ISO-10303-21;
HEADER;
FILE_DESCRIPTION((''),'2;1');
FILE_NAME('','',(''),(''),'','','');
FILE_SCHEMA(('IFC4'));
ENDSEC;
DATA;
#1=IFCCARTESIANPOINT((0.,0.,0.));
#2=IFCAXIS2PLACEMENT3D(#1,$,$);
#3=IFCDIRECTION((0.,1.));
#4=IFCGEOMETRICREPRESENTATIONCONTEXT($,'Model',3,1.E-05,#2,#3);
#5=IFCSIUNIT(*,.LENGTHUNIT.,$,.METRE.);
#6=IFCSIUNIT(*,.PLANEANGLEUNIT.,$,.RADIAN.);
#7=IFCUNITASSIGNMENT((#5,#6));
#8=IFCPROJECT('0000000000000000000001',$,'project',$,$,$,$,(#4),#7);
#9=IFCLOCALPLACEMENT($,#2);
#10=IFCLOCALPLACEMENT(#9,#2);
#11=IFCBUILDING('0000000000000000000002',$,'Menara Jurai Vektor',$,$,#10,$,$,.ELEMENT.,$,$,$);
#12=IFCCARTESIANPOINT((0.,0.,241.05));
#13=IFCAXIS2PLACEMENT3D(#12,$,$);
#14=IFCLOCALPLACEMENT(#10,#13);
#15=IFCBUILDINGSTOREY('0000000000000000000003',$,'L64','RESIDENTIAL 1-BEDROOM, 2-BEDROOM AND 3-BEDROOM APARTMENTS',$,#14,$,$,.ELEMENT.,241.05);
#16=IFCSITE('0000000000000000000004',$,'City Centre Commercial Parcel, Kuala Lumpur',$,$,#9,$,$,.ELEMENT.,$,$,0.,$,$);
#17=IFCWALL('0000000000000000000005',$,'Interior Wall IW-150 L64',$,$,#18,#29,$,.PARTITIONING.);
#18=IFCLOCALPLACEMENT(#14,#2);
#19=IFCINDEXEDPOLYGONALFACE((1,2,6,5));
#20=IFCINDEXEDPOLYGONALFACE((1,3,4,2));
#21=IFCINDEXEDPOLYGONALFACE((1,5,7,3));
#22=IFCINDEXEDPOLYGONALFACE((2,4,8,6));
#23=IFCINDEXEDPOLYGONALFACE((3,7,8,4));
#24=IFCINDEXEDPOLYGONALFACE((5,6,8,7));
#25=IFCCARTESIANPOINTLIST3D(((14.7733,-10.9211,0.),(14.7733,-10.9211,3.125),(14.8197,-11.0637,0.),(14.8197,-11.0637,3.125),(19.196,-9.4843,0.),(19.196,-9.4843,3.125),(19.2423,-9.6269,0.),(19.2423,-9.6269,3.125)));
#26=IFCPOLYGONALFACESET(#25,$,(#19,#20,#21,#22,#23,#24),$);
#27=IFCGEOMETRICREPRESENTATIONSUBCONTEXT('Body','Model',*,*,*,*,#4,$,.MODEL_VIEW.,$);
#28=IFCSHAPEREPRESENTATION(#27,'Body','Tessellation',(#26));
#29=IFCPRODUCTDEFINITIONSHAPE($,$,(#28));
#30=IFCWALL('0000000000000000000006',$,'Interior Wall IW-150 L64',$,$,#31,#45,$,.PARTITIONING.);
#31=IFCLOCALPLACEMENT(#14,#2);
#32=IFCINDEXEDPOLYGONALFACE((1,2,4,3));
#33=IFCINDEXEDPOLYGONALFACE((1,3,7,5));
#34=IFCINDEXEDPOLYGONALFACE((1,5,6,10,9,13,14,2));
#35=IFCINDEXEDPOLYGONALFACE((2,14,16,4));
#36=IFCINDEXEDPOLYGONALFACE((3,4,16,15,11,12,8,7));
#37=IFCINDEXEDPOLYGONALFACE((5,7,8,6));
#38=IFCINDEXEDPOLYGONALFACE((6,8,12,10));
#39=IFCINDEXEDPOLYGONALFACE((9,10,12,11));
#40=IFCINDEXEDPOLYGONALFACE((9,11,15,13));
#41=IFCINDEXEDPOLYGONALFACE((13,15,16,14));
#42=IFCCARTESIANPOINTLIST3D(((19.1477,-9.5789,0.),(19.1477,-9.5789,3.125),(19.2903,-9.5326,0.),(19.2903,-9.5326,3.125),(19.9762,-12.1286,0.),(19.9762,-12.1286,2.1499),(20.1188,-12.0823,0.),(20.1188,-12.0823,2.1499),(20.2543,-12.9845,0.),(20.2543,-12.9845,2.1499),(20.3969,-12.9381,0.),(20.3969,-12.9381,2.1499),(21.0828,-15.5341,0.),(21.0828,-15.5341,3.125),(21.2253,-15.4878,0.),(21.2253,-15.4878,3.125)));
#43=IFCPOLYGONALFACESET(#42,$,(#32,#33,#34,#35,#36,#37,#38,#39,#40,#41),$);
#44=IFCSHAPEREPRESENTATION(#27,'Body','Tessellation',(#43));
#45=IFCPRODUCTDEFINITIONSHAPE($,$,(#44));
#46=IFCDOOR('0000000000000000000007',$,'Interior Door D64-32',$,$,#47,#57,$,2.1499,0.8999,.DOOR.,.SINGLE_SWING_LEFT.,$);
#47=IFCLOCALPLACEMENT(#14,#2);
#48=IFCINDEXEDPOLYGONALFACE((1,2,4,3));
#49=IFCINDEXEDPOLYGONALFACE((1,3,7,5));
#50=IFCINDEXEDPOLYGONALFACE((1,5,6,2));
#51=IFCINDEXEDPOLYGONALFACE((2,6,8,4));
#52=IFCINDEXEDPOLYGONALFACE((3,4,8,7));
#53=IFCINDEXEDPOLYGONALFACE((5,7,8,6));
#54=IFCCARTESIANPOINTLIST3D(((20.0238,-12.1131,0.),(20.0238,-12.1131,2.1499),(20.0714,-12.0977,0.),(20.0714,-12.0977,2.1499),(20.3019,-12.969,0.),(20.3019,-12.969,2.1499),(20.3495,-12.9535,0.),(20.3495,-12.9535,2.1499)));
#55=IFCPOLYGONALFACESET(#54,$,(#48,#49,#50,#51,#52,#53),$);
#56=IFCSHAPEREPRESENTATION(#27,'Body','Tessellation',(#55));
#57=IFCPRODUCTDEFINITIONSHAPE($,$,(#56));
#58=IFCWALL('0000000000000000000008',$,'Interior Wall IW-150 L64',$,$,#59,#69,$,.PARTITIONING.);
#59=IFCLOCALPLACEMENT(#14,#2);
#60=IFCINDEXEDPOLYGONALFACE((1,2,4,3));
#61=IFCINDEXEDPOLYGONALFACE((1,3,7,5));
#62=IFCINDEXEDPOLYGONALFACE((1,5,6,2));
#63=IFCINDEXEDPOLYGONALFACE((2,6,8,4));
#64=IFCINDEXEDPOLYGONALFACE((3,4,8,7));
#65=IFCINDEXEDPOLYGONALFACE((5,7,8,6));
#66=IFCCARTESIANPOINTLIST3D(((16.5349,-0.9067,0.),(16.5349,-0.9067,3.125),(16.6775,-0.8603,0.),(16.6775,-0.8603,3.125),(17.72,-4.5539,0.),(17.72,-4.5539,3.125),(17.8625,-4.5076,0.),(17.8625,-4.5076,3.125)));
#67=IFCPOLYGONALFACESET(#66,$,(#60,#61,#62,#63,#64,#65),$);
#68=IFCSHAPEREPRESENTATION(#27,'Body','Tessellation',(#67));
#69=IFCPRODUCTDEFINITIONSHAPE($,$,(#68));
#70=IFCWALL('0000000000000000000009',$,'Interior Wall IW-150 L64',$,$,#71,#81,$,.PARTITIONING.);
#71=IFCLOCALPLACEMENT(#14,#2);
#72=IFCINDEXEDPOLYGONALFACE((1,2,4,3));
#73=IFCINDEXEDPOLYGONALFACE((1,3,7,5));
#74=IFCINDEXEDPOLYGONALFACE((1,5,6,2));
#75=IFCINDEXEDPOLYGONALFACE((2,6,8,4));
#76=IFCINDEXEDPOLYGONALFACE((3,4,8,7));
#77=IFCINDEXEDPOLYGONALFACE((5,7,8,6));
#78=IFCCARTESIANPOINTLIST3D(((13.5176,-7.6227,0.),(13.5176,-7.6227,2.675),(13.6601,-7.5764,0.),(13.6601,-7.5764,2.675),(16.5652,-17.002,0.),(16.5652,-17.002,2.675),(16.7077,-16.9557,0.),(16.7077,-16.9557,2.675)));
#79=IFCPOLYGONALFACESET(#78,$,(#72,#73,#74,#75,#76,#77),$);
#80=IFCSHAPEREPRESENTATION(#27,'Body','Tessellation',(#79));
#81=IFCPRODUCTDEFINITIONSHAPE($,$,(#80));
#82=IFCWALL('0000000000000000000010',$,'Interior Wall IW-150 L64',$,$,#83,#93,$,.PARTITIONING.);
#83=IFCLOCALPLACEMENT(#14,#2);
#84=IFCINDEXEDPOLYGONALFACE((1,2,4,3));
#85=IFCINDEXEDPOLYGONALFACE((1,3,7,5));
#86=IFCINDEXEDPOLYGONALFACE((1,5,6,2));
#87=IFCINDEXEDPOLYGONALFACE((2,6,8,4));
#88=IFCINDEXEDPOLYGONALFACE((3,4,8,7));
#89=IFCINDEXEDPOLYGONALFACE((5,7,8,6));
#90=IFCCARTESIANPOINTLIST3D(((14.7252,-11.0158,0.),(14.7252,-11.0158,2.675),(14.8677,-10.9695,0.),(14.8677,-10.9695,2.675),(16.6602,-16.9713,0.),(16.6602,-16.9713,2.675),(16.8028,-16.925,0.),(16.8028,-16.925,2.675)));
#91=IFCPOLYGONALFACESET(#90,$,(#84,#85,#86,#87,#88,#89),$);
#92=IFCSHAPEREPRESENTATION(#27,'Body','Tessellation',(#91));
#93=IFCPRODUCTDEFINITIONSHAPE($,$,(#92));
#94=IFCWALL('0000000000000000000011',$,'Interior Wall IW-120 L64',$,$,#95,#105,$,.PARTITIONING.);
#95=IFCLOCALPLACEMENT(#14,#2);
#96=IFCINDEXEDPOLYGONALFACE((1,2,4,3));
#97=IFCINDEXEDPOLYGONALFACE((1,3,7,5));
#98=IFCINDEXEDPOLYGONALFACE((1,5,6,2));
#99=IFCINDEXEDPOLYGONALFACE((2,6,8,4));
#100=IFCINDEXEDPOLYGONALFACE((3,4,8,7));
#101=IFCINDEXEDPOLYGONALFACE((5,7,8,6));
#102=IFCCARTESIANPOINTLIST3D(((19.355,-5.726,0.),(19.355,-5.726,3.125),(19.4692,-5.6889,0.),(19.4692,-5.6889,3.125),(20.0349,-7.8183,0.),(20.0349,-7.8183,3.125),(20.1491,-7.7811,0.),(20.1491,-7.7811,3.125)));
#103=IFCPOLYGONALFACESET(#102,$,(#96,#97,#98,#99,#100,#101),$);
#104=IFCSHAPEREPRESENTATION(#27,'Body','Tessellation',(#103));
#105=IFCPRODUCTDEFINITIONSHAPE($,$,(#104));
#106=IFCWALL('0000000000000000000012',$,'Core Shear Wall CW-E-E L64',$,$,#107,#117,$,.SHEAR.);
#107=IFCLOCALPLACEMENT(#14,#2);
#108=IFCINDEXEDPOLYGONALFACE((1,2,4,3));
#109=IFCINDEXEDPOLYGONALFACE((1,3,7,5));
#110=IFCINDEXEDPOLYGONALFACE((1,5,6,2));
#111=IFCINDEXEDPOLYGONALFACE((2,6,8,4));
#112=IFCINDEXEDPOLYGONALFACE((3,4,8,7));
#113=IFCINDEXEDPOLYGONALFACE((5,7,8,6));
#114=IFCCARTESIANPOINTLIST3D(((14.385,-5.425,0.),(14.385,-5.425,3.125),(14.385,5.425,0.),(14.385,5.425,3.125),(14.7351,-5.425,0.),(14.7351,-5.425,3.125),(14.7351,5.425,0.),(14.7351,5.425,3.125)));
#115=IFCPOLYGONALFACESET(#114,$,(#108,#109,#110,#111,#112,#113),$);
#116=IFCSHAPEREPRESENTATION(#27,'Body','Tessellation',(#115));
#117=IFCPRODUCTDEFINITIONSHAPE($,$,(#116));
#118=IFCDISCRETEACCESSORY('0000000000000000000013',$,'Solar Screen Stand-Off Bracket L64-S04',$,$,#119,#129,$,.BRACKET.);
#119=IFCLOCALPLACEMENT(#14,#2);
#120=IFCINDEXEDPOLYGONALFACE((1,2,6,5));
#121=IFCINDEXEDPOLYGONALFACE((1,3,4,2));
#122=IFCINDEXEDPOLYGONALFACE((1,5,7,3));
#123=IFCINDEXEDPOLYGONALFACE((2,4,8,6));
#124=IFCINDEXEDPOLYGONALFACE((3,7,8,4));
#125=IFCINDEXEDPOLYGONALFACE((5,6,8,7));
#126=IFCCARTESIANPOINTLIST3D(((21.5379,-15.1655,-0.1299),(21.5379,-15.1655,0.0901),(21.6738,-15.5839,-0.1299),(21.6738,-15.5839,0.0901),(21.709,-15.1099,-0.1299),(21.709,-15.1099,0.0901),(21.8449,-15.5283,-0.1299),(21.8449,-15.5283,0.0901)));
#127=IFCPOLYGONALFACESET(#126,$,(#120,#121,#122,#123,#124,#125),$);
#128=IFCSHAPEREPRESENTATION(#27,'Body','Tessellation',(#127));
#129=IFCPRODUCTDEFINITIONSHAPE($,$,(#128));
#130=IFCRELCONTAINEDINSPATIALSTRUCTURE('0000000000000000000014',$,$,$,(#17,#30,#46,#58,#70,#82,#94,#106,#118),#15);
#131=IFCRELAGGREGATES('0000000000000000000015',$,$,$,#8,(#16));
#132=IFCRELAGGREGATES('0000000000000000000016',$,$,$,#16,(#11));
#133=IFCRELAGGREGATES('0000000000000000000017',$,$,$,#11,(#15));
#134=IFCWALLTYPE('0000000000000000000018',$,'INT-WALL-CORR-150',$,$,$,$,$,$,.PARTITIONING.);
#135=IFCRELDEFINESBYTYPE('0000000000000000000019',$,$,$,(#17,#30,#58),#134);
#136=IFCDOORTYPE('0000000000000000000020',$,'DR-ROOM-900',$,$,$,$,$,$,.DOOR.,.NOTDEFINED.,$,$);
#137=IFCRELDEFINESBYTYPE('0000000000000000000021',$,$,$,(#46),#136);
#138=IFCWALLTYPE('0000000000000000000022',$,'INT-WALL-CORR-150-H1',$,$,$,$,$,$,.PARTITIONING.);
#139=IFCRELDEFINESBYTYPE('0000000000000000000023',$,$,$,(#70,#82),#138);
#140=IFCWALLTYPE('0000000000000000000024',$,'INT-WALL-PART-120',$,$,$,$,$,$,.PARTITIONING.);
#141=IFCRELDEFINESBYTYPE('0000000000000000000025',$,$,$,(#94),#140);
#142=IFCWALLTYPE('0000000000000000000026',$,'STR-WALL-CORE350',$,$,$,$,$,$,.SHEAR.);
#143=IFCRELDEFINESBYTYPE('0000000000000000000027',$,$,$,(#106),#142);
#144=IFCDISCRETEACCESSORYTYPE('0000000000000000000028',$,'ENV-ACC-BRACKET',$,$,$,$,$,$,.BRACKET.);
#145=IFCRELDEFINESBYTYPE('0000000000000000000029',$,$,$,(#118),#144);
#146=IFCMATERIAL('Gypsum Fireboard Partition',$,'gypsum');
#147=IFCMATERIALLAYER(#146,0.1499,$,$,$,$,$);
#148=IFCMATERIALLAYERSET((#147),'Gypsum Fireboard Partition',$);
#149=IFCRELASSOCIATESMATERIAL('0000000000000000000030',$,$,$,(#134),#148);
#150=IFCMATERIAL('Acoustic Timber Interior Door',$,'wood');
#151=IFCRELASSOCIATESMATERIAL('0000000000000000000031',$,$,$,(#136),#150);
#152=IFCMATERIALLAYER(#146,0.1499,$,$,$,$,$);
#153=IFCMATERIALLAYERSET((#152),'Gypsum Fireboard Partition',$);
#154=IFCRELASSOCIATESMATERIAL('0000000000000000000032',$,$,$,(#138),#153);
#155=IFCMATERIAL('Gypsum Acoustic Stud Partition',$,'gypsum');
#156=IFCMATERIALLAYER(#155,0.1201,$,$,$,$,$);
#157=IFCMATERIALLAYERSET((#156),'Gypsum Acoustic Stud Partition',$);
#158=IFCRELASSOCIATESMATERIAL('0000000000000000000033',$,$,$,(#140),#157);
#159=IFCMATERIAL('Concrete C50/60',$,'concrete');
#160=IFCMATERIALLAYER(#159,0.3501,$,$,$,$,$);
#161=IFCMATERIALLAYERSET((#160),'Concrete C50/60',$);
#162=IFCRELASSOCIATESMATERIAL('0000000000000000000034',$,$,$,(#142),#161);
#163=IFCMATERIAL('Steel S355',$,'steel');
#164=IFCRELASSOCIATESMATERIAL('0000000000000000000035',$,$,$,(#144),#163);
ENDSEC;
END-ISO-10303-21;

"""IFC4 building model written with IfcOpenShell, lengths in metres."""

from ifc_helpers import new_model, si_unit, direction, frame, frame_2d, origin, origin_2d, place, context, subcontext, project, spatial, rectangle, extrude, material, layer, layer_set, type_object, element, fill, save


model = new_model("IFC4")

# Units and contexts
model_context = context("Model", 3, precision=1e-05, world=origin(), true_north=direction((0.0, 1.0)))
body_context = subcontext(model_context, "Body", "Model", "MODEL_VIEW")
ifc_project = project(units=[si_unit("LENGTHUNIT", "METRE"), si_unit("PLANEANGLEUNIT", "RADIAN")], contexts=[model_context])

# Site, building, storey
site_placement = place(None, origin())
site = spatial("IfcSite", under=ifc_project, at=site_placement, Name="City Centre Commercial Parcel, Kuala Lumpur", CompositionType="ELEMENT", RefElevation=0.0)
building_placement = place(site_placement, origin())
building = spatial("IfcBuilding", under=site, at=building_placement, Name="Menara Jurai Vektor", CompositionType="ELEMENT")
storey_placement = place(building_placement, frame((0.0, 0.0, 241.05)))
storey = spatial("IfcBuildingStorey", under=building, at=storey_placement, Name="L64", Description="RESIDENTIAL 1-BEDROOM, 2-BEDROOM AND 3-BEDROOM APARTMENTS", CompositionType="ELEMENT", Elevation=241.05)

# Shared definitions
ifc_material_1 = material(Name="Concrete C50/60", Category="concrete")

# Shared definitions
ifc_material_2 = material(Name="Steel S355", Category="steel")

# Shared definitions
ifc_material_3 = material(Name="Gypsum Fireboard Partition", Category="gypsum")
ifc_layer_1 = layer(ifc_material_3, 0.1499)
ifc_layer_set_1 = layer_set([ifc_layer_1], Name="Gypsum Fireboard Partition")
wall_type_1 = type_object("IfcWallType", Name="INT-WALL-CORR-150", PredefinedType="PARTITIONING", material=ifc_layer_set_1)

# Shared definitions
ifc_material_4 = material(Name="Acoustic Timber Interior Door", Category="wood")
door_type_1 = type_object("IfcDoorType", Name="DR-ROOM-900", OperationType="NOTDEFINED", PredefinedType="DOOR", material=ifc_material_4)

# Wall
wall_1_placement = place(storey_placement, frame((14.7964, -10.9924, 0.0), z_axis=(0.0, 0.0, 1.0), x_axis=(0.951071, 0.308973, 0.0)))
element("IfcWall", 1, at=wall_1_placement, inside=storey, type_object=wall_type_1, Name="Interior Wall IW-150 L64", PredefinedType="PARTITIONING", context=body_context, shape_type="SweptSolid", body=[
    extrude(rectangle(XDim=4.6501, YDim=0.1499, at=frame_2d((2.3252, 0.0))), origin(), (0.0, 0.0, 1.0), 3.125),
])

# Wall, opening, door
wall_2_placement = place(storey_placement, frame((21.1541, -15.511, 0.0), z_axis=(0.0, 0.0, 1.0), x_axis=(-0.309025, 0.951054, 0.0)))
wall_2 = element("IfcWall", 2, at=wall_2_placement, inside=storey, type_object=wall_type_1, Name="Interior Wall IW-150 L64", PredefinedType="PARTITIONING", context=body_context, shape_type="SweptSolid", body=[
    extrude(rectangle(XDim=6.2617, YDim=0.1499, at=frame_2d((3.1309, 0.0))), origin(), (0.0, 0.0, 1.0), 3.125),
])
opening_1_placement = place(wall_2_placement, frame((2.6809, 0.0, 0.0)))
opening_1 = element("IfcOpeningElement", 3, at=opening_1_placement, cuts=wall_2, PredefinedType="OPENING", context=body_context, shape_type="SweptSolid", body=[
    extrude(rectangle(XDim=0.8999, YDim=2.1499, at=frame_2d((0.45, 1.075))), frame((0.0, 0.085, 0.0), z_axis=(0.0, -1.0, 0.0), x_axis=(1.0, 0.0, 0.0)), (0.0, 0.0, 1.0), 0.1699),
])
door_1_placement = place(opening_1_placement, origin())
door_1 = element("IfcDoor", 4, at=door_1_placement, inside=storey, type_object=door_type_1, Name="Interior Door D64-32", OperationType="SINGLE_SWING_LEFT", OverallHeight=2.1499, OverallWidth=0.8999, PredefinedType="DOOR", context=body_context, shape_type="SweptSolid", body=[
    extrude(rectangle(XDim=0.8999, YDim=2.1499, at=frame_2d((0.45, 1.075))), frame((0.0, 0.0249, 0.0), z_axis=(0.0, -1.0, 0.0), x_axis=(1.0, 0.0, 0.0)), (0.0, 0.0, 1.0), 0.05),
])
fill(opening_1, door_1)

# Walls
wall_3_placement = place(storey_placement, frame((17.7913, -4.5308, 0.0), z_axis=(0.0, 0.0, 1.0), x_axis=(-0.309018, 0.951056, 0.0)))
element("IfcWall", 5, at=wall_3_placement, inside=storey, type_object=wall_type_1, Name="Interior Wall IW-150 L64", PredefinedType="PARTITIONING", context=body_context, shape_type="SweptSolid", body=[
    extrude(rectangle(XDim=3.835, YDim=0.1499, at=frame_2d((1.9175, 0.0))), origin(), (0.0, 0.0, 1.0), 3.125),
])
ifc_layer_2 = layer(ifc_material_3, 0.1499)
ifc_layer_set_2 = layer_set([ifc_layer_2], Name="Gypsum Fireboard Partition")
wall_type_2 = type_object("IfcWallType", Name="INT-WALL-CORR-150-H1", PredefinedType="PARTITIONING", material=ifc_layer_set_2)
wall_4_placement = place(storey_placement, frame((16.6365, -16.979, 0.0), z_axis=(0.0, 0.0, 1.0), x_axis=(-0.309022, 0.951055, 0.0)))
element("IfcWall", 6, at=wall_4_placement, inside=storey, type_object=wall_type_2, Name="Interior Wall IW-150 L64", PredefinedType="PARTITIONING", context=body_context, shape_type="SweptSolid", body=[
    extrude(rectangle(XDim=9.8621, YDim=0.1499, at=frame_2d((4.9312, 0.0))), origin(), (0.0, 0.0, 1.0), 2.675),
])
wall_5_placement = place(storey_placement, frame((16.7314, -16.948, 0.0), z_axis=(0.0, 0.0, 1.0), x_axis=(-0.309014, 0.951058, 0.0)))
element("IfcWall", 7, at=wall_5_placement, inside=storey, type_object=wall_type_2, Name="Interior Wall IW-150 L64", PredefinedType="PARTITIONING", context=body_context, shape_type="SweptSolid", body=[
    extrude(rectangle(XDim=6.262, YDim=0.1499, at=frame_2d((3.1309, 0.0))), origin(), (0.0, 0.0, 1.0), 2.675),
])
ifc_material_5 = material(Name="Gypsum Acoustic Stud Partition", Category="gypsum")
ifc_layer_3 = layer(ifc_material_5, 0.1201)
ifc_layer_set_3 = layer_set([ifc_layer_3], Name="Gypsum Acoustic Stud Partition")
wall_type_3 = type_object("IfcWallType", Name="INT-WALL-PART-120", PredefinedType="PARTITIONING", material=ifc_layer_set_3)
wall_6_placement = place(storey_placement, frame((20.092, -7.7998, 0.0), z_axis=(0.0, 0.0, 1.0), x_axis=(-0.309061, 0.951042, 0.0)))
element("IfcWall", 8, at=wall_6_placement, inside=storey, type_object=wall_type_3, Name="Interior Wall IW-120 L64", PredefinedType="PARTITIONING", context=body_context, shape_type="SweptSolid", body=[
    extrude(rectangle(XDim=2.2, YDim=0.1201, at=frame_2d((1.1001, 0.0))), origin(), (0.0, 0.0, 1.0), 3.125),
])
ifc_layer_4 = layer(ifc_material_1, 0.3501)
ifc_layer_set_4 = layer_set([ifc_layer_4], Name="Concrete C50/60")
wall_type_4 = type_object("IfcWallType", Name="STR-WALL-CORE350", PredefinedType="SHEAR", material=ifc_layer_set_4)
wall_7_placement = place(storey_placement, frame((14.5601, -5.425, 0.0), z_axis=(0.0, 0.0, 1.0), x_axis=(0.0, 1.0, 0.0)))
element("IfcWall", 9, at=wall_7_placement, inside=storey, type_object=wall_type_4, Name="Core Shear Wall CW-E-E L64", PredefinedType="SHEAR", context=body_context, shape_type="SweptSolid", body=[
    extrude(rectangle(XDim=10.8501, YDim=0.3501, at=frame_2d((5.425, 0.0))), origin(), (0.0, 0.0, 1.0), 3.125),
])

# Discrete accessory
discrete_accessory_type = type_object("IfcDiscreteAccessoryType", Name="ENV-ACC-BRACKET", PredefinedType="BRACKET", material=ifc_material_2)
discrete_accessory_placement = place(storey_placement, frame((21.6914, -15.3469, -0.1299), z_axis=(0.0, 0.0, 1.0), x_axis=(0.951057, 0.309017, 0.0)))
element("IfcDiscreteAccessory", 10, at=discrete_accessory_placement, inside=storey, type_object=discrete_accessory_type, Name="Solar Screen Stand-Off Bracket L64-S04", PredefinedType="BRACKET", context=body_context, shape_type="SweptSolid", body=[
    extrude(rectangle(XDim=0.1799, YDim=0.4399, at=origin_2d()), origin(), (0.0, 0.0, 1.0), 0.22),
])

save(model, "model.ifc")
